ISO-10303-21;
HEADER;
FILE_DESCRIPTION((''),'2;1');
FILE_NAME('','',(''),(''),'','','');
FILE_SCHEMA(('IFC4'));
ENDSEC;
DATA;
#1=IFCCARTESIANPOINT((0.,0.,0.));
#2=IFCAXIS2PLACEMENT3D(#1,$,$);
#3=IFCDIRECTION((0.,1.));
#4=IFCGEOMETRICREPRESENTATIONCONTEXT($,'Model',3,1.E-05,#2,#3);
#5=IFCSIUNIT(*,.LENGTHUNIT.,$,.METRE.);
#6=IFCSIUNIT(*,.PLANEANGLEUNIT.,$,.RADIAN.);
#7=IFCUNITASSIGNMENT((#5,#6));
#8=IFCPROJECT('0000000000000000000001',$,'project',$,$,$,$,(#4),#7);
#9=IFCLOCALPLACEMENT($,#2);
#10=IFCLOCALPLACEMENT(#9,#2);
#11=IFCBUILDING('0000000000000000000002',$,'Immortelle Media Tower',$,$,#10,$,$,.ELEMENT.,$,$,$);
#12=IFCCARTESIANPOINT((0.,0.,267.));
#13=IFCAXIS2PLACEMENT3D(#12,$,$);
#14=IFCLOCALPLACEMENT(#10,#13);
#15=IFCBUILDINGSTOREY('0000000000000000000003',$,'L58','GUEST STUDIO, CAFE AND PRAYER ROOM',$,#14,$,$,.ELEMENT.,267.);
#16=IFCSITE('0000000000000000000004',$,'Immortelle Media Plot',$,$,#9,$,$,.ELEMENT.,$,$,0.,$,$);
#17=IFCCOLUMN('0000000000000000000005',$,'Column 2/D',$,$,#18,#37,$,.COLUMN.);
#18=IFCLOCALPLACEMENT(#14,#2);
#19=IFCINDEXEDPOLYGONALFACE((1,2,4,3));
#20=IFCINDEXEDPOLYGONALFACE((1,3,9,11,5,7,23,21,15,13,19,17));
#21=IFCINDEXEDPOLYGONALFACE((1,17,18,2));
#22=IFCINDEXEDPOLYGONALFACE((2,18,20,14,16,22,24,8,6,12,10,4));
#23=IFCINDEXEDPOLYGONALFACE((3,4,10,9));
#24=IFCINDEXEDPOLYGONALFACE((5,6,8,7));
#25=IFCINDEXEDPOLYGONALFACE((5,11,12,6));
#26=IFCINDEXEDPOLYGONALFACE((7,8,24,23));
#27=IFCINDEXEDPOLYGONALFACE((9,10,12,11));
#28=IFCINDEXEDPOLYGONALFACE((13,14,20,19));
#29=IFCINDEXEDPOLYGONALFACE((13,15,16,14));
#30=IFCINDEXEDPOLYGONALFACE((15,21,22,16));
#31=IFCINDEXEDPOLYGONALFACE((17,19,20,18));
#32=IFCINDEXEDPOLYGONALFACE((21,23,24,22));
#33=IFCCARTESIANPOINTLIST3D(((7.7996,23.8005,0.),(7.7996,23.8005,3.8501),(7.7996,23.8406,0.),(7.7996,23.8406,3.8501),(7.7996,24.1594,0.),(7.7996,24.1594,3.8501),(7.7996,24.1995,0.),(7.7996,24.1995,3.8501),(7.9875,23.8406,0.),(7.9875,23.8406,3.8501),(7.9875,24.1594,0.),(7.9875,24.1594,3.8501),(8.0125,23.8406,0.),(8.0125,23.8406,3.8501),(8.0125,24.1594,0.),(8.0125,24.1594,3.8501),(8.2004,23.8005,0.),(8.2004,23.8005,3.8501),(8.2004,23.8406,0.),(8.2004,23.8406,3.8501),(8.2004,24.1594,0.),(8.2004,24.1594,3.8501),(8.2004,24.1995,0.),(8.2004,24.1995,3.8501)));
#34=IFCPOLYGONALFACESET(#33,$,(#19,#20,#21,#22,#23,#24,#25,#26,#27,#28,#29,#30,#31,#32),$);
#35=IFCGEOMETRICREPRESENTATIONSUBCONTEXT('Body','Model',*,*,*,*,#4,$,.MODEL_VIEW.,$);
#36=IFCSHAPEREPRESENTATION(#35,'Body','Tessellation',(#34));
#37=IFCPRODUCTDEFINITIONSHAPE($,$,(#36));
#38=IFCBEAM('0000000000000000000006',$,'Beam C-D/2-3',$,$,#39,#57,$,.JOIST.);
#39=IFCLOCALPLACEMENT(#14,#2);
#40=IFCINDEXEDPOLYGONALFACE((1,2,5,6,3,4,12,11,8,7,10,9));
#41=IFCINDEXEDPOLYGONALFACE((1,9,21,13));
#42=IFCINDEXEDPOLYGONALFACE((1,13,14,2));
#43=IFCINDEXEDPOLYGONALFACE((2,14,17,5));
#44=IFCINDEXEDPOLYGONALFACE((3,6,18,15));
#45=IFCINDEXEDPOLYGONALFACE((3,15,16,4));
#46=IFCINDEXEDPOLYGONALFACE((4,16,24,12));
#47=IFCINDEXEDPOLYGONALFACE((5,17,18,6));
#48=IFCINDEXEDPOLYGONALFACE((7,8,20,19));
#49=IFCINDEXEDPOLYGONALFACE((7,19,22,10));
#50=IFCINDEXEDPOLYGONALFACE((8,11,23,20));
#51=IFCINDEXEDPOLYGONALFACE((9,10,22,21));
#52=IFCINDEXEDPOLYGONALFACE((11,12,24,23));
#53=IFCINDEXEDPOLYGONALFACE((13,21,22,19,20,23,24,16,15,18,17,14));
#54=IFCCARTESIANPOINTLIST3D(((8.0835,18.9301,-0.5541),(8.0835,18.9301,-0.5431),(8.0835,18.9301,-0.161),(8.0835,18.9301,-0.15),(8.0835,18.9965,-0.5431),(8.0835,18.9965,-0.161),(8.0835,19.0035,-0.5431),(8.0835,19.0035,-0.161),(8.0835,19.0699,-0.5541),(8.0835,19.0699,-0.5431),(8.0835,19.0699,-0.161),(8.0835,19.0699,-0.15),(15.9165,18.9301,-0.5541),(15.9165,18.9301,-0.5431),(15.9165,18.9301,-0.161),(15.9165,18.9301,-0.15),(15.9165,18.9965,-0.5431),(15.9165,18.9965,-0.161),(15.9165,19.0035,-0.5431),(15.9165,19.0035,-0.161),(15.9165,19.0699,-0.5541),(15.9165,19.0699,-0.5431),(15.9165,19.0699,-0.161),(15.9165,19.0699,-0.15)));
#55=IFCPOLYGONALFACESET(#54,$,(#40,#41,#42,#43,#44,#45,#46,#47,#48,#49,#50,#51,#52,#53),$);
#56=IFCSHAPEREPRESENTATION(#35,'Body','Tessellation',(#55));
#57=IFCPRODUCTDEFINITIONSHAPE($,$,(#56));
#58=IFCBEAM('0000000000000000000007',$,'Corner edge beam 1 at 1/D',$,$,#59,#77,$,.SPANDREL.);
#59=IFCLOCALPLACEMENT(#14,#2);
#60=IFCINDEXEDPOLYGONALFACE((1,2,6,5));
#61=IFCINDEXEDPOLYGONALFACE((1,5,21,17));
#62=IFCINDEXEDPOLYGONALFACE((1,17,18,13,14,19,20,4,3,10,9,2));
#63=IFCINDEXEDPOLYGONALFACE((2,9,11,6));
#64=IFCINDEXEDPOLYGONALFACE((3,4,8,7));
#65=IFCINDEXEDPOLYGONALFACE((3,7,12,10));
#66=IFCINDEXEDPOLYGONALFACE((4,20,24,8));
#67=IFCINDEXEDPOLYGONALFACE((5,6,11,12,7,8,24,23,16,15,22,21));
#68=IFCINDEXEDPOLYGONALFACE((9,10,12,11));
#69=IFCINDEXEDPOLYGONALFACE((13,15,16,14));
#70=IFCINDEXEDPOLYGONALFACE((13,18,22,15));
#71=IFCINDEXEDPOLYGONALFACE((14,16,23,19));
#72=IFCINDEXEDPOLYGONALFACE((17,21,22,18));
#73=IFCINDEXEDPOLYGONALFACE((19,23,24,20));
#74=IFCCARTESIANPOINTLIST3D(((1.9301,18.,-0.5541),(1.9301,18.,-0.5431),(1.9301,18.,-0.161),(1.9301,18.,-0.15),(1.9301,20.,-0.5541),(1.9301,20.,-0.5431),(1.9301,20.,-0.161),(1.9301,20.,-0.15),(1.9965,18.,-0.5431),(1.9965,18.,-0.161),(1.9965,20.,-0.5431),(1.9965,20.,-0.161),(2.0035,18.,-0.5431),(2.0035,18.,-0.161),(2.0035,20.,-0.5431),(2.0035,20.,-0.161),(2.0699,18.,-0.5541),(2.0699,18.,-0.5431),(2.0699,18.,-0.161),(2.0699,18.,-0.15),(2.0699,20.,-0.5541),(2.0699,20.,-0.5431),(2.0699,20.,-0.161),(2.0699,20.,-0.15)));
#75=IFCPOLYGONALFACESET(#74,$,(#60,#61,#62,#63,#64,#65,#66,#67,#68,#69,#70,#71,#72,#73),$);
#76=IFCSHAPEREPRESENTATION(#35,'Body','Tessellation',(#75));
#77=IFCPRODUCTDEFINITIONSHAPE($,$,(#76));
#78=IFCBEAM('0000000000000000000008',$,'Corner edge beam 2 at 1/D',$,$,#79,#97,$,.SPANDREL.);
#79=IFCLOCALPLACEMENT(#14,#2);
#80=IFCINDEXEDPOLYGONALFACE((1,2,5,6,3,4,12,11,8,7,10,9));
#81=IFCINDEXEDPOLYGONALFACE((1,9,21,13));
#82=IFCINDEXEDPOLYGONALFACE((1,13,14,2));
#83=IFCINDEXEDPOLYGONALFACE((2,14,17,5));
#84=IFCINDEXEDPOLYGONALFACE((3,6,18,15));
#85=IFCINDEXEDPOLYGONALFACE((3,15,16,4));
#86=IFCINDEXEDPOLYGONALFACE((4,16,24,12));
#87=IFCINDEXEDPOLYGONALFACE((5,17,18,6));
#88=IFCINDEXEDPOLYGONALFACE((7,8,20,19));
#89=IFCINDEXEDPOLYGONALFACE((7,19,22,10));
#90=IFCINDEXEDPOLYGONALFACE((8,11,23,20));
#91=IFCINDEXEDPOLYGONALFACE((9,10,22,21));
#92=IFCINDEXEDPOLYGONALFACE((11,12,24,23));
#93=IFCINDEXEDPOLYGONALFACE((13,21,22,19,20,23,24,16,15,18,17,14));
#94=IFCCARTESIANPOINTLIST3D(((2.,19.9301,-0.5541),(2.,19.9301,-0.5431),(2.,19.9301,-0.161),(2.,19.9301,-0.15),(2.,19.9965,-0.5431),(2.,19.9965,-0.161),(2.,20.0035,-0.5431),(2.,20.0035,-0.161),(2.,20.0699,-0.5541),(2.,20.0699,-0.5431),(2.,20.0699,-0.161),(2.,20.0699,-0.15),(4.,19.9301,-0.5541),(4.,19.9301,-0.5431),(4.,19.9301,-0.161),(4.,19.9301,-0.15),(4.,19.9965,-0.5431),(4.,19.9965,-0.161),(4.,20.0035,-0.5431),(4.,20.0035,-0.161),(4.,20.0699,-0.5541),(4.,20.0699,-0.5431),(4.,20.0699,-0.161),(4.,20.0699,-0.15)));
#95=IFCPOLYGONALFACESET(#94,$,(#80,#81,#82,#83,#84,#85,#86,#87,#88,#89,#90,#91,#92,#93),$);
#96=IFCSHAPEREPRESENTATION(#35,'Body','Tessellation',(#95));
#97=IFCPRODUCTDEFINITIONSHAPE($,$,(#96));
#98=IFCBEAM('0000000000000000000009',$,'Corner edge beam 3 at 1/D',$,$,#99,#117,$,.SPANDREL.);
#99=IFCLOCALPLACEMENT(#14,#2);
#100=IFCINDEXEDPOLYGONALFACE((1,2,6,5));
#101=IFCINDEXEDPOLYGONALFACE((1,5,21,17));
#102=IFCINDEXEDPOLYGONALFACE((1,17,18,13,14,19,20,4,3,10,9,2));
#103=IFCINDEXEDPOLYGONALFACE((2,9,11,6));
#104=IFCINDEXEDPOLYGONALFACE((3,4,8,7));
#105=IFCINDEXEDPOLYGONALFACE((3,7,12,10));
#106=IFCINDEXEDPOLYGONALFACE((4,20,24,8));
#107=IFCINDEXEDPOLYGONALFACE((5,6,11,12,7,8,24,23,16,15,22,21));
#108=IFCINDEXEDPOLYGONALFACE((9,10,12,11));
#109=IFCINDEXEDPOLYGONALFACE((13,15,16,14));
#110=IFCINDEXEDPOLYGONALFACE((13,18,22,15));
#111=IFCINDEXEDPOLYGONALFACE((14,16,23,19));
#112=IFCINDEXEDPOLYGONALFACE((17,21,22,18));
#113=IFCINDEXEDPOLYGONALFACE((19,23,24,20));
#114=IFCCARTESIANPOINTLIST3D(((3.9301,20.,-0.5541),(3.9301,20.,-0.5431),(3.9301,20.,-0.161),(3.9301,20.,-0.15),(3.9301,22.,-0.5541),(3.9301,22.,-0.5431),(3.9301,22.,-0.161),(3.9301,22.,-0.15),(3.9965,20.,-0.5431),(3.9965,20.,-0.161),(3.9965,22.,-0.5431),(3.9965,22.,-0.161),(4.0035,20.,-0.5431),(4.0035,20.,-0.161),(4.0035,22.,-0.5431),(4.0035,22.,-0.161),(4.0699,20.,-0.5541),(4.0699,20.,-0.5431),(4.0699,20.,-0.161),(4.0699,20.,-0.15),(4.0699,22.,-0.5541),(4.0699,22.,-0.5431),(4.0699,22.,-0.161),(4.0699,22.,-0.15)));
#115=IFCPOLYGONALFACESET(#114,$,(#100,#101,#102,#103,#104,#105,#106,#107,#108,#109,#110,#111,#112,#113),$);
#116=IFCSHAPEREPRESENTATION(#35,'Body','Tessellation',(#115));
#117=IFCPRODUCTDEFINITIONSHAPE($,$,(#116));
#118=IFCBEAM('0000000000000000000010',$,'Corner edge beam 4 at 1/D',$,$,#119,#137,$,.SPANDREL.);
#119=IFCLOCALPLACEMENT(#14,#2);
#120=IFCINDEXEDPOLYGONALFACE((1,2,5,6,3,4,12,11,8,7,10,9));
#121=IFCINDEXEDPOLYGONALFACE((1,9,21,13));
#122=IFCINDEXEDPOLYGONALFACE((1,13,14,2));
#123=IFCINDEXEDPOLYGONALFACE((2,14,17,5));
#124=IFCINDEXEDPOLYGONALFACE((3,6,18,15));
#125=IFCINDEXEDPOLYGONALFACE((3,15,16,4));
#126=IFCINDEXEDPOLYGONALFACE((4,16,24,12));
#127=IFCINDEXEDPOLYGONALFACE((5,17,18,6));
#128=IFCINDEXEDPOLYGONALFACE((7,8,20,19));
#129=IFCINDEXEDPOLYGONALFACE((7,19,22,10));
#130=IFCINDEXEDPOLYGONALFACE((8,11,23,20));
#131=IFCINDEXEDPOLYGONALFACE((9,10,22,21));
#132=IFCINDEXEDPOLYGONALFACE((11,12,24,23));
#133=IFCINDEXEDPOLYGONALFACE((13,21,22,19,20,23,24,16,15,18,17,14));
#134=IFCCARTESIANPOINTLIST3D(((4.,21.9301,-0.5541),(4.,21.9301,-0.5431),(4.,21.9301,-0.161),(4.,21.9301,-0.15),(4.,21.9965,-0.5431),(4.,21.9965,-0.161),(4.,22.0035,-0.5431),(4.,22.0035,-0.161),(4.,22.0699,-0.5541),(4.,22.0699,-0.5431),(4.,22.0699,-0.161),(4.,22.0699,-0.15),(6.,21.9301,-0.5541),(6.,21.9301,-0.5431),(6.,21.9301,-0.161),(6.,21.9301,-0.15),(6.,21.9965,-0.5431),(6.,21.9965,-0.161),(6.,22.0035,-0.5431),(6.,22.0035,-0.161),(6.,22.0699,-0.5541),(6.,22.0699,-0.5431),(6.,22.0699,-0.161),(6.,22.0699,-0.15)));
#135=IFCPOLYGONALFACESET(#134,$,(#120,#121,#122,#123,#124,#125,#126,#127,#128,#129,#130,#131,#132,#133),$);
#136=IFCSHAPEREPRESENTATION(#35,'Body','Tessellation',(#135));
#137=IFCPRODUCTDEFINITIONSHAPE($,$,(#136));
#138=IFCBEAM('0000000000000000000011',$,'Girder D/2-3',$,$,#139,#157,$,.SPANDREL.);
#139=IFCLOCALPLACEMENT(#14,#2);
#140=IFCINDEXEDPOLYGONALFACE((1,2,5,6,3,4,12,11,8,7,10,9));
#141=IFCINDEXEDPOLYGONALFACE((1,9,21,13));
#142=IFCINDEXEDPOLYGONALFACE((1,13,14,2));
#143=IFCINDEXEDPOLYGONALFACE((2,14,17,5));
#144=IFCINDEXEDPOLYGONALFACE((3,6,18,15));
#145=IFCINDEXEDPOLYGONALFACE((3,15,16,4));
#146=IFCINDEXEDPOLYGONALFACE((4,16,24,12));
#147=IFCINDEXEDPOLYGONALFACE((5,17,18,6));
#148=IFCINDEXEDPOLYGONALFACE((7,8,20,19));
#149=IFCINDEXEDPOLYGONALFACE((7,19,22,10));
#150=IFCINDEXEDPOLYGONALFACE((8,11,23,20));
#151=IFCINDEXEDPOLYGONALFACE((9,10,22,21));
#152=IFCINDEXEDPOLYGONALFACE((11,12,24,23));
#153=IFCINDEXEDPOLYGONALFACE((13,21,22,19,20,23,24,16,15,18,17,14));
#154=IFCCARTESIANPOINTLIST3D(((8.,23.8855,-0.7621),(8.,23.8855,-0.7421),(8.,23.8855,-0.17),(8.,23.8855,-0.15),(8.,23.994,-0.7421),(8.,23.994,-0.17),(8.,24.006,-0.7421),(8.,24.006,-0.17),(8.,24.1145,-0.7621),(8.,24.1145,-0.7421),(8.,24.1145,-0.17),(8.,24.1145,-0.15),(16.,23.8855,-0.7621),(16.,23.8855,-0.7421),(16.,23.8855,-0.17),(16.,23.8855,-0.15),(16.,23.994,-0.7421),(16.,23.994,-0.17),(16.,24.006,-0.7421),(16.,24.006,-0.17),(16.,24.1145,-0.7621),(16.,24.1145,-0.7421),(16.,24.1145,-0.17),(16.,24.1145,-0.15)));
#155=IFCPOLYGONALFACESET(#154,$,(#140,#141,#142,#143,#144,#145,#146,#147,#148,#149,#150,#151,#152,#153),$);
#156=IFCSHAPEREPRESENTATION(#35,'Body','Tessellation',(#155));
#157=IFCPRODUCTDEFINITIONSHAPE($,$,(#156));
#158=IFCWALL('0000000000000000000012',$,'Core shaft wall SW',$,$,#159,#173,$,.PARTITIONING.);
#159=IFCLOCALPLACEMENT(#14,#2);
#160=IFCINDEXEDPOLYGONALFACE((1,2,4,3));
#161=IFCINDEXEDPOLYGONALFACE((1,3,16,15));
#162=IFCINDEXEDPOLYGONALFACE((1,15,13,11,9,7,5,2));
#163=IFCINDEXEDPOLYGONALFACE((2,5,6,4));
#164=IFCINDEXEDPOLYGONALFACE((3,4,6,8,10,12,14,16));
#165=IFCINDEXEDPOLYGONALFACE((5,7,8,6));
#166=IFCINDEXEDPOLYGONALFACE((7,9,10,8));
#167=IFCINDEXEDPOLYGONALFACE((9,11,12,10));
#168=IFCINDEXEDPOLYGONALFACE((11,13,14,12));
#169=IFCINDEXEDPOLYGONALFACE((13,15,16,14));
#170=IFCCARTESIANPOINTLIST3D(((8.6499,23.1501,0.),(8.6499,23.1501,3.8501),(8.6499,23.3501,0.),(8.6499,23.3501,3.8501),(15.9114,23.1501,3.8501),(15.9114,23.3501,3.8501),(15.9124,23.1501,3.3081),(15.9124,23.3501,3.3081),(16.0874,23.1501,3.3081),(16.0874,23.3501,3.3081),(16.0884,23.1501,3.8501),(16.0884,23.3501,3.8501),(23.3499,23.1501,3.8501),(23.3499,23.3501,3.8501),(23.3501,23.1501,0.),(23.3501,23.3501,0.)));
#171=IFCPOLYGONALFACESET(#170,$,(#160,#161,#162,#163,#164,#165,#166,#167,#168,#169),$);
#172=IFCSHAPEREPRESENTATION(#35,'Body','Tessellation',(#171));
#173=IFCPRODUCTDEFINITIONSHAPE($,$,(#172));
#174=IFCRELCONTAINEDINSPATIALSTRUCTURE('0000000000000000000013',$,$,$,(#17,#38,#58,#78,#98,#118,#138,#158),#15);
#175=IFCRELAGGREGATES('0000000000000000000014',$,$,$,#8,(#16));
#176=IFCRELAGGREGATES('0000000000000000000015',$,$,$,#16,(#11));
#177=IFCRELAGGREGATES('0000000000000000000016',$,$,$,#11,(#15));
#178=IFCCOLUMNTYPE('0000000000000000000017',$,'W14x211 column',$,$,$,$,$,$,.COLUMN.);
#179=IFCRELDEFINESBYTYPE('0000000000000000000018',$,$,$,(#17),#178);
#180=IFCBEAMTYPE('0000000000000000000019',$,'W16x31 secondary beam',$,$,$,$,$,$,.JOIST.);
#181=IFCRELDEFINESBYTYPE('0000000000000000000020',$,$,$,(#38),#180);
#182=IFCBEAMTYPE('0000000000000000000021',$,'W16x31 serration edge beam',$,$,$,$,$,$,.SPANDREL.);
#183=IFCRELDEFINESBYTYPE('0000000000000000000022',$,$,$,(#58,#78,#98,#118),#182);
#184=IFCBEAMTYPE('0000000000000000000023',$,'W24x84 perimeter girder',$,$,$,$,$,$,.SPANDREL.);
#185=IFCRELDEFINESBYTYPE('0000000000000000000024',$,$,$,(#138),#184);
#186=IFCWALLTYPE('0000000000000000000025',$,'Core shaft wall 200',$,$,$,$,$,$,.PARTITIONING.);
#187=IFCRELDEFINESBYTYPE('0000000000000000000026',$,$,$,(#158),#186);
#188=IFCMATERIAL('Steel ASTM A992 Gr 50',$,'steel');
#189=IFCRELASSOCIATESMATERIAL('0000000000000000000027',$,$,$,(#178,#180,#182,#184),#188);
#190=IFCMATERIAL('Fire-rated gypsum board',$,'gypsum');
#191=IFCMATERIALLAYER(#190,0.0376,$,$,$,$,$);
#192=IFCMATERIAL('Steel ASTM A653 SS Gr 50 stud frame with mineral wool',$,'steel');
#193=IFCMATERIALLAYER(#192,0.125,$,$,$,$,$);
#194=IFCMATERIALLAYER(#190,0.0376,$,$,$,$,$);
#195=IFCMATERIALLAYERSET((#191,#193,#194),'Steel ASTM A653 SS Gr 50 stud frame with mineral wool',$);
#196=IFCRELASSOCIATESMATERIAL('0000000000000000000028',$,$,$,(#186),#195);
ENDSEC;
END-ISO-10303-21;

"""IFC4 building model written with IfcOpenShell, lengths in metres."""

from ifc_helpers import new_model, si_unit, direction, frame, origin, origin_2d, place, context, subcontext, project, spatial, polyline, i_section, outline, extrude, material, layer, layer_set, material_profile, profile_set, type_object, element, save


model = new_model("IFC4")

# Units and contexts
model_context = context("Model", 3, precision=1e-05, world=origin(), true_north=direction((0.0, 1.0)))
body_context = subcontext(model_context, "Body", "Model", "MODEL_VIEW")
ifc_project = project(units=[si_unit("LENGTHUNIT", "METRE"), si_unit("PLANEANGLEUNIT", "RADIAN")], contexts=[model_context])

# Site, building, storey
site_placement = place(None, origin())
site = spatial("IfcSite", under=ifc_project, at=site_placement, Name="Immortelle Media Plot", CompositionType="ELEMENT", RefElevation=0.0)
building_placement = place(site_placement, origin())
building = spatial("IfcBuilding", under=site, at=building_placement, Name="Immortelle Media Tower", CompositionType="ELEMENT")
storey_placement = place(building_placement, frame((0.0, 0.0, 267.0)))
storey = spatial("IfcBuildingStorey", under=building, at=storey_placement, Name="L58", Description="GUEST STUDIO, CAFE AND PRAYER ROOM", CompositionType="ELEMENT", Elevation=267.0)

# Column
ifc_material_1 = material(Name="Steel ASTM A992 Gr 50", Category="steel")
ifc_material_profile_1 = material_profile(ifc_material_1, i_section(OverallWidth=0.4009, OverallDepth=0.3989, WebThickness=0.0249, FlangeThickness=0.04, at=origin_2d()), Name="W14x211")
ifc_profile_set_1 = profile_set([ifc_material_profile_1], Name="Steel ASTM A992 Gr 50")
column_type = type_object("IfcColumnType", Name="W14x211 column", PredefinedType="COLUMN", material=ifc_profile_set_1)
column_placement = place(storey_placement, frame((8.0, 24.0, 0.0), z_axis=(0.0, 0.0, 1.0), x_axis=(1.0, 0.0, 0.0)))
element("IfcColumn", 1, at=column_placement, inside=storey, type_object=column_type, Name="Column 2/D", PredefinedType="COLUMN", context=body_context, shape_type="SweptSolid", body=[
    extrude(i_section(OverallWidth=0.4009, OverallDepth=0.3989, WebThickness=0.0249, FlangeThickness=0.04, at=origin_2d()), origin(), (0.0, 0.0, 1.0), 3.8501),
])

# Beams
ifc_material_profile_2 = material_profile(ifc_material_1, i_section(OverallWidth=0.1399, OverallDepth=0.4041, WebThickness=0.0071, FlangeThickness=0.011, at=origin_2d()), Name="W16x31")
ifc_profile_set_2 = profile_set([ifc_material_profile_2], Name="Steel ASTM A992 Gr 50")
beam_type_1 = type_object("IfcBeamType", Name="W16x31 secondary beam", PredefinedType="JOIST", material=ifc_profile_set_2)
beam_1_placement = place(storey_placement, frame((8.0835, 19.0, -0.3521), z_axis=(1.0, 0.0, 0.0), x_axis=(0.0, 1.0, 0.0)))
element("IfcBeam", 2, at=beam_1_placement, inside=storey, type_object=beam_type_1, Name="Beam C-D/2-3", PredefinedType="JOIST", context=body_context, shape_type="SweptSolid", body=[
    extrude(i_section(OverallWidth=0.1399, OverallDepth=0.4041, WebThickness=0.0071, FlangeThickness=0.011, at=origin_2d()), origin(), (0.0, 0.0, 1.0), 7.833),
])
ifc_material_profile_3 = material_profile(ifc_material_1, i_section(OverallWidth=0.1399, OverallDepth=0.4041, WebThickness=0.0071, FlangeThickness=0.011, at=origin_2d()), Name="W16x31")
ifc_profile_set_3 = profile_set([ifc_material_profile_3], Name="Steel ASTM A992 Gr 50")
beam_type_2 = type_object("IfcBeamType", Name="W16x31 serration edge beam", PredefinedType="SPANDREL", material=ifc_profile_set_3)
for number, where, z_axis, x_axis, name in (
    (3, (2.0, 18.0, -0.3521), (0.0, 1.0, 0.0), (-1.0, 0.0, 0.0), "Corner edge beam 1 at 1/D"),
    (4, (2.0, 20.0, -0.3521), (1.0, 0.0, 0.0), (0.0, 1.0, 0.0), "Corner edge beam 2 at 1/D"),
    (5, (4.0, 20.0, -0.3521), (0.0, 1.0, 0.0), (-1.0, 0.0, 0.0), "Corner edge beam 3 at 1/D"),
    (6, (4.0, 22.0, -0.3521), (1.0, 0.0, 0.0), (0.0, 1.0, 0.0), "Corner edge beam 4 at 1/D"),
):
    element("IfcBeam", number, at=place(storey_placement, frame(where, z_axis=z_axis, x_axis=x_axis)), inside=storey, type_object=beam_type_2, Name=name, PredefinedType="SPANDREL", context=body_context, shape_type="SweptSolid", body=[
        extrude(i_section(OverallWidth=0.1399, OverallDepth=0.4041, WebThickness=0.0071, FlangeThickness=0.011, at=origin_2d()), origin(), (0.0, 0.0, 1.0), 2.0),
    ])
ifc_material_profile_4 = material_profile(ifc_material_1, i_section(OverallWidth=0.229, OverallDepth=0.6121, WebThickness=0.012, FlangeThickness=0.02, at=origin_2d()), Name="W24x84")
ifc_profile_set_4 = profile_set([ifc_material_profile_4], Name="Steel ASTM A992 Gr 50")
beam_type_3 = type_object("IfcBeamType", Name="W24x84 perimeter girder", PredefinedType="SPANDREL", material=ifc_profile_set_4)
beam_2_placement = place(storey_placement, frame((8.0, 24.0, -0.4561), z_axis=(1.0, 0.0, 0.0), x_axis=(0.0, 1.0, 0.0)))
element("IfcBeam", 7, at=beam_2_placement, inside=storey, type_object=beam_type_3, Name="Girder D/2-3", PredefinedType="SPANDREL", context=body_context, shape_type="SweptSolid", body=[
    extrude(i_section(OverallWidth=0.229, OverallDepth=0.6121, WebThickness=0.012, FlangeThickness=0.02, at=origin_2d()), origin(), (0.0, 0.0, 1.0), 8.0),
])

# Wall
ifc_material_2 = material(Name="Fire-rated gypsum board", Category="gypsum")
ifc_layer_1 = layer(ifc_material_2, 0.0376)
ifc_material_3 = material(Name="Steel ASTM A653 SS Gr 50 stud frame with mineral wool", Category="steel")
ifc_layer_2 = layer(ifc_material_3, 0.125)
ifc_layer_3 = layer(ifc_material_2, 0.0376)
ifc_layer_set_1 = layer_set([ifc_layer_1, ifc_layer_2, ifc_layer_3], Name="Steel ASTM A653 SS Gr 50 stud frame with mineral wool")
wall_type_1 = type_object("IfcWallType", Name="Core shaft wall 200", PredefinedType="PARTITIONING", material=ifc_layer_set_1)
wall_1_placement = place(storey_placement, frame((8.6499, 23.25, 0.0), z_axis=(0.0, 0.0, 1.0), x_axis=(1.0, 0.0, 0.0)))
element("IfcWall", 8, at=wall_1_placement, inside=storey, type_object=wall_type_1, Name="Core shaft wall SW", PredefinedType="PARTITIONING", context=body_context, shape_type="SweptSolid", body=[
    extrude(outline(polyline([(0.0, 0.0), (14.7002, 0.0), (14.7, 3.8501), (7.4385, 3.8501), (7.4375, 3.3081), (7.2625, 3.3081), (7.2615, 3.8501), (0.0, 3.8501), (0.0, 0.0)])), frame((0.0, 0.1001, 0.0), z_axis=(0.0, -1.0, 0.0), x_axis=(1.0, 0.0, 0.0)), (0.0, 0.0, 1.0), 0.2),
])

save(model, "model.ifc")
